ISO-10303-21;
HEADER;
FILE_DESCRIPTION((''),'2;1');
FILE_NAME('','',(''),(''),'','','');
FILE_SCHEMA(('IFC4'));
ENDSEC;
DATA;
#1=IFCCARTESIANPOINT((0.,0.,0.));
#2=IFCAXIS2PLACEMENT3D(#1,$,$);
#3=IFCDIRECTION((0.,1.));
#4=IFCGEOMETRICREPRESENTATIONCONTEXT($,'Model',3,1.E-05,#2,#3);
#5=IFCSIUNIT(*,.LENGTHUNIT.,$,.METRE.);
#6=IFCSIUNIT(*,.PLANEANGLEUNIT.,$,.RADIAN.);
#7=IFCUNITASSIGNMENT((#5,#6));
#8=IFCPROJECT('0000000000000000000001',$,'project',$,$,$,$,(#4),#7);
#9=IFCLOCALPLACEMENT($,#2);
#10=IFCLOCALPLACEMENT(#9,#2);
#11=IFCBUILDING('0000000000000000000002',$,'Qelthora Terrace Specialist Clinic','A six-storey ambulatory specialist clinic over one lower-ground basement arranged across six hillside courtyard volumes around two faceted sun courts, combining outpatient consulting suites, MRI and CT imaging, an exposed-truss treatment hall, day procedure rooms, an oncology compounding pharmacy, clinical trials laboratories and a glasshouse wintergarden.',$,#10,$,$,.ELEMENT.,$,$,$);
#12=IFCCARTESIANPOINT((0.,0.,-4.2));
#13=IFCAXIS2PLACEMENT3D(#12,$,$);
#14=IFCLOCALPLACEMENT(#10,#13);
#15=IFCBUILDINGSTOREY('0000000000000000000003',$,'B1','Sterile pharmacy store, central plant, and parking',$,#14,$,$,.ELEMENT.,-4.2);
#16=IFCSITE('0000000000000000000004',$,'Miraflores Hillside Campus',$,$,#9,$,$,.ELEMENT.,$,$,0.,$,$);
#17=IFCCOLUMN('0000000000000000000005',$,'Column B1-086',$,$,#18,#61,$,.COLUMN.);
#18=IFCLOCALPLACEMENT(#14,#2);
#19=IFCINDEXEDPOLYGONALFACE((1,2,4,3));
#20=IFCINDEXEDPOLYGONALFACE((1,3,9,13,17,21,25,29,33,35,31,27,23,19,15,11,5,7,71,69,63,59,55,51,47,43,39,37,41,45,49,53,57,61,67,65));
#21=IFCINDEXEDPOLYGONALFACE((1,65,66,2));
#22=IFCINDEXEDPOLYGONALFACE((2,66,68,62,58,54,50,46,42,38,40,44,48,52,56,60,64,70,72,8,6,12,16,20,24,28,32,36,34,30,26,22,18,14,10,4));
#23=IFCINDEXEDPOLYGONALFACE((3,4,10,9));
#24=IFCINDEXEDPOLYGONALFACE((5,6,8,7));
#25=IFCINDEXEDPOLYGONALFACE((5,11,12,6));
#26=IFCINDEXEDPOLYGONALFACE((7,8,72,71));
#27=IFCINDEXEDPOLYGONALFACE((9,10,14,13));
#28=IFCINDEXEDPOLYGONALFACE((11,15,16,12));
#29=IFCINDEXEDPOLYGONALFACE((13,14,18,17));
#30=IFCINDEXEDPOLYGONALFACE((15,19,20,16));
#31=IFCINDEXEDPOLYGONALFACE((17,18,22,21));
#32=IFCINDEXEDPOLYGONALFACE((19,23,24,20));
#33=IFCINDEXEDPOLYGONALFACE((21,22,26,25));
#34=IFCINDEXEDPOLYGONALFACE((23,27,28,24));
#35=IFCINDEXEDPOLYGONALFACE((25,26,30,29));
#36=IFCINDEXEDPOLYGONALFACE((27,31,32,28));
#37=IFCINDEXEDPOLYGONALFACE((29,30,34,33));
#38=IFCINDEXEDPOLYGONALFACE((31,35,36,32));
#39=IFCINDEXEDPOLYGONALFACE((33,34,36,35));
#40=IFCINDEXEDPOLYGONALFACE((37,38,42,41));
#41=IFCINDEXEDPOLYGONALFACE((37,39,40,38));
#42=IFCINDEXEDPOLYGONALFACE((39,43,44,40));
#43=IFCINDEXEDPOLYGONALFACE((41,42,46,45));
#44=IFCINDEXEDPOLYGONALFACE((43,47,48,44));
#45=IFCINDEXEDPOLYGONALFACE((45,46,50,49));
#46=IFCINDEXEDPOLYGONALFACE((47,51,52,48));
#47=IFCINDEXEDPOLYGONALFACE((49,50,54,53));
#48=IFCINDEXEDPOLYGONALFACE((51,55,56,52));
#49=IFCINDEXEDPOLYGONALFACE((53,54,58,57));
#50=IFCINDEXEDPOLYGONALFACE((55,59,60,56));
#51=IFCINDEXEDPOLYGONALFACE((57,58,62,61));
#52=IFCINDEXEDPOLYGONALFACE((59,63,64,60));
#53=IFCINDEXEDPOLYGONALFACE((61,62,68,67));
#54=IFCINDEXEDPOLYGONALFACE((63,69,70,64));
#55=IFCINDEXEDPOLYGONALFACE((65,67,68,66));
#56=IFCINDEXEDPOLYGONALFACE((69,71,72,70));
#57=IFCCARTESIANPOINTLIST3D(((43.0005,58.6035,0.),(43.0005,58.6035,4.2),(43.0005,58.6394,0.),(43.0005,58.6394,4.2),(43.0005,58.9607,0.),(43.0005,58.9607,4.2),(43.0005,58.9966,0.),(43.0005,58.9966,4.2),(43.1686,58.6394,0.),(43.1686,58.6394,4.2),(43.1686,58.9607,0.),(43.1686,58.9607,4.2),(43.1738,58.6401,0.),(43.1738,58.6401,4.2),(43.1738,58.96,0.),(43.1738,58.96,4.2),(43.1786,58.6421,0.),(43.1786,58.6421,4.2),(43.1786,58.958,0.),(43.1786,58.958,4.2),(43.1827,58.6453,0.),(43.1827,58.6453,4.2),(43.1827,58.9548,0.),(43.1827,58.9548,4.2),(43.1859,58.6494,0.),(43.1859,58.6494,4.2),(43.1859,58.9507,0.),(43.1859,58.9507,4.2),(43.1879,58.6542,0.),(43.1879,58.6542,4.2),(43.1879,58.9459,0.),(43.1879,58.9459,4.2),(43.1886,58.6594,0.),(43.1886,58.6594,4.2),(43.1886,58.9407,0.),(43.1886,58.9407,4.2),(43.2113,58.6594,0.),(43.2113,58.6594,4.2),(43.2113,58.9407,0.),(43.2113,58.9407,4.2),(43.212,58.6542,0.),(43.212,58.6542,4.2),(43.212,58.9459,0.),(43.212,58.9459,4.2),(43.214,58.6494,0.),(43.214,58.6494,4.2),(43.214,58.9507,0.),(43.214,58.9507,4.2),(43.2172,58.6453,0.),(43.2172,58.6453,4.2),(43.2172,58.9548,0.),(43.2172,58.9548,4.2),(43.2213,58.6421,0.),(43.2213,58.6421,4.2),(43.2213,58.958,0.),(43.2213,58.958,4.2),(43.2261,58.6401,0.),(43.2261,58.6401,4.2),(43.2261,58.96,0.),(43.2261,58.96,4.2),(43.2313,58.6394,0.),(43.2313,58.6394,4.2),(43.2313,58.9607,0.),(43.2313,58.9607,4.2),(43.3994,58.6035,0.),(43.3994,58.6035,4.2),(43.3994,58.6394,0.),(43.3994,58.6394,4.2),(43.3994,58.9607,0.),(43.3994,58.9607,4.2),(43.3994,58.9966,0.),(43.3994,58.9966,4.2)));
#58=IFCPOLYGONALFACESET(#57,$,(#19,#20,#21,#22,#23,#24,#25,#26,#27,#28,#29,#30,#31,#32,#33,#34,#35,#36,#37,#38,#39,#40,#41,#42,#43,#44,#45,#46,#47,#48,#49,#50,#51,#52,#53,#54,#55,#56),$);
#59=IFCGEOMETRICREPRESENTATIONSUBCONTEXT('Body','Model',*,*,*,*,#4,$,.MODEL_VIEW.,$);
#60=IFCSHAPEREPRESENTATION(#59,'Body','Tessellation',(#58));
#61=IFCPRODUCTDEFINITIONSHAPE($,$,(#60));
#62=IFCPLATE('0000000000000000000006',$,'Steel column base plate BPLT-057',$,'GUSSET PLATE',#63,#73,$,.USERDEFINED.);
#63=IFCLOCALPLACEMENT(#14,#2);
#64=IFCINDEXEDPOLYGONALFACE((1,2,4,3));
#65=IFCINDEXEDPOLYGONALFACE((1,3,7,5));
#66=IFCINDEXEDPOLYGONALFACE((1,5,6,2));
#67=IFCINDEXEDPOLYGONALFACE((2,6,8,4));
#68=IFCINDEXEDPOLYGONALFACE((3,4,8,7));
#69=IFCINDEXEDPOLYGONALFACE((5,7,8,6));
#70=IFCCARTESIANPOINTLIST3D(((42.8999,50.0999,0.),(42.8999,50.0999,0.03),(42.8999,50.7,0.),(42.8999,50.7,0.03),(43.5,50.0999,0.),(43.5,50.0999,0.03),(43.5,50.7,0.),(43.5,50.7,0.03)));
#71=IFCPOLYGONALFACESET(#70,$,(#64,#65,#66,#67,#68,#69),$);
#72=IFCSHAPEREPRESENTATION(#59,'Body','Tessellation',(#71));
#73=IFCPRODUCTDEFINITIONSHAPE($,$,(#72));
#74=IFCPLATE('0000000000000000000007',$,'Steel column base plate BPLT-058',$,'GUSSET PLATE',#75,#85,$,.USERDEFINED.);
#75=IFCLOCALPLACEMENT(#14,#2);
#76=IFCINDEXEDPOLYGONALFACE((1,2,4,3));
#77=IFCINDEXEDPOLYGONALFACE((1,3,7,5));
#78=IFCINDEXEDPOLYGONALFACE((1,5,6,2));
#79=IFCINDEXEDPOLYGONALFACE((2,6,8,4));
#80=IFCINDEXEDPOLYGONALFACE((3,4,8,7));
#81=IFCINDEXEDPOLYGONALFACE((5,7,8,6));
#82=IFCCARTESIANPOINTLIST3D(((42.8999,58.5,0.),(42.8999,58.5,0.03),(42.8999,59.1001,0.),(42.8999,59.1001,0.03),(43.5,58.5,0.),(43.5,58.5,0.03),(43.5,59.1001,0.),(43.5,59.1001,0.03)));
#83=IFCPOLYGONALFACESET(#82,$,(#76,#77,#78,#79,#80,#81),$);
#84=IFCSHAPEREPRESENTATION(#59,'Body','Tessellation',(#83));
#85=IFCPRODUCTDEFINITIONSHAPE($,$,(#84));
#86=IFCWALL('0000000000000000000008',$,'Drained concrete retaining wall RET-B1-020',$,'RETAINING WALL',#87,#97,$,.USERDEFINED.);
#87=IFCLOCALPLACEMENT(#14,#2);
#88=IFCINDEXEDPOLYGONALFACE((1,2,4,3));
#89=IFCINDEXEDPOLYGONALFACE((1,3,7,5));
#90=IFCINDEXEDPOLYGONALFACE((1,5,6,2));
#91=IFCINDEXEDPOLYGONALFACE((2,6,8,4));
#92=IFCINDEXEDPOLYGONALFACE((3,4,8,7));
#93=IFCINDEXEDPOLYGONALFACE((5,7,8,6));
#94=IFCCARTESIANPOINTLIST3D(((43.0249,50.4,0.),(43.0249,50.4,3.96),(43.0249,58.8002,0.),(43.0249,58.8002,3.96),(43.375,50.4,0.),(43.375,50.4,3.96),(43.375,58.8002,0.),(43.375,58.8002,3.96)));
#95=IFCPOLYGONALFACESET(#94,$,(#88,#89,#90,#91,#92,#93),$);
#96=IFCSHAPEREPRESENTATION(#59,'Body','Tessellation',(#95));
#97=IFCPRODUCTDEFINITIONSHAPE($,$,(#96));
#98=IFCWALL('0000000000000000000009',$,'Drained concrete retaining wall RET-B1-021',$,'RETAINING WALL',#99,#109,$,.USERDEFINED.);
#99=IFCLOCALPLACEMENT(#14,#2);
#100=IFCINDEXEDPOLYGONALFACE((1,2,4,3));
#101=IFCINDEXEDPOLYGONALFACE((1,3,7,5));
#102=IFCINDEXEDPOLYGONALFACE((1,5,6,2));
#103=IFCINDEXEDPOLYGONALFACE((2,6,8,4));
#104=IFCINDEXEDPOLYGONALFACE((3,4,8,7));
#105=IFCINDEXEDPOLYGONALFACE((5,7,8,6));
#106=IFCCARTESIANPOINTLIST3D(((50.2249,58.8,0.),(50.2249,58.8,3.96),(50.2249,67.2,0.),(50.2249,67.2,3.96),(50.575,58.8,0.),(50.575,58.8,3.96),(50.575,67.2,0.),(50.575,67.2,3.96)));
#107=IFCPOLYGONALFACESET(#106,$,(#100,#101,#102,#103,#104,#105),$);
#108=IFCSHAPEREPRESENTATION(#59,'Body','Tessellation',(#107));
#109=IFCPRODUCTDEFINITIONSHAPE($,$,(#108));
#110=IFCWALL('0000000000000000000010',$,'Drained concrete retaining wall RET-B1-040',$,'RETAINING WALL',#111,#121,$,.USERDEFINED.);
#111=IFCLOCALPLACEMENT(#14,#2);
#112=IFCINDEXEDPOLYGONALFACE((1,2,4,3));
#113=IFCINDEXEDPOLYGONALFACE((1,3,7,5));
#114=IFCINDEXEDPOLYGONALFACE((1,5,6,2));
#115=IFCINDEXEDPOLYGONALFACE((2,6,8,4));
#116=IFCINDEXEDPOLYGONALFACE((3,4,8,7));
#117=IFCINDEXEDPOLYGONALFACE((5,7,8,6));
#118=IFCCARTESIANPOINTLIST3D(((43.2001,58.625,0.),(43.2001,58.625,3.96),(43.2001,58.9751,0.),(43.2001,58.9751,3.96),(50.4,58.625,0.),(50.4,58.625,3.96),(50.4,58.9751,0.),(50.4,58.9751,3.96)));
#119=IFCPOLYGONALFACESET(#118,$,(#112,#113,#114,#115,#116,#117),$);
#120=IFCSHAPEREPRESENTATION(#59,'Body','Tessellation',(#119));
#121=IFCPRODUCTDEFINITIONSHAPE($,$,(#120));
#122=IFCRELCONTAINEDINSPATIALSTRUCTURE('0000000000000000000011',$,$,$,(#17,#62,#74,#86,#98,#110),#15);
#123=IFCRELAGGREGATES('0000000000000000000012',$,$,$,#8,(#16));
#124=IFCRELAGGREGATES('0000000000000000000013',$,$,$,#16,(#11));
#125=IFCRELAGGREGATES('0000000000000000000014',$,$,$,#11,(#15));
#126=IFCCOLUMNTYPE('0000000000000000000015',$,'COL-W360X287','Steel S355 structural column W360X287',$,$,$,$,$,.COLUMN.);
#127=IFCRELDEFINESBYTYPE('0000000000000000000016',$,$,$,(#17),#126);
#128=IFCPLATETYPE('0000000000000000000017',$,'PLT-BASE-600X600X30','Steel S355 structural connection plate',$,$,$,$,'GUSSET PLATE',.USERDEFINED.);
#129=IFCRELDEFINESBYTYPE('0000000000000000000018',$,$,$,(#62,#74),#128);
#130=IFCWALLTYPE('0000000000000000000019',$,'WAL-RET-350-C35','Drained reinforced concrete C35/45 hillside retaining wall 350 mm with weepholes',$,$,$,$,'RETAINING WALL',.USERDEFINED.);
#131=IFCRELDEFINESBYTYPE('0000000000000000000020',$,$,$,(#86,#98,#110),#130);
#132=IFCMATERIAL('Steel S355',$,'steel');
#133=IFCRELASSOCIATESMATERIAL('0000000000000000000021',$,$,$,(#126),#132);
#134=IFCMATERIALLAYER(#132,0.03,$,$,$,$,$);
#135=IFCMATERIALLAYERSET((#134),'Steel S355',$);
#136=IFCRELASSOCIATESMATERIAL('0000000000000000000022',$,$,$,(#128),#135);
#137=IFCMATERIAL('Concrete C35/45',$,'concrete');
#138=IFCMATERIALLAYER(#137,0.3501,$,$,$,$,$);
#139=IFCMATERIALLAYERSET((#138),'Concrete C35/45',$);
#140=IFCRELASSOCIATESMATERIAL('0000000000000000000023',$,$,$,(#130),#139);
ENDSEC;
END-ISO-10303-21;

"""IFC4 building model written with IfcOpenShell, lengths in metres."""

from ifc_helpers import new_model, si_unit, direction, frame, frame_2d, origin, origin_2d, place, context, subcontext, project, spatial, rectangle, i_section, extrude, material, layer, layer_set, material_profile, profile_set, type_object, element, save


model = new_model("IFC4")

# Units and contexts
model_context = context("Model", 3, precision=1e-05, world=origin(), true_north=direction((0.0, 1.0)))
body_context = subcontext(model_context, "Body", "Model", "MODEL_VIEW")
ifc_project = project(units=[si_unit("LENGTHUNIT", "METRE"), si_unit("PLANEANGLEUNIT", "RADIAN")], contexts=[model_context])

# Site, building, storey
site_placement = place(None, origin())
site = spatial("IfcSite", under=ifc_project, at=site_placement, Name="Miraflores Hillside Campus", CompositionType="ELEMENT", RefElevation=0.0)
building_placement = place(site_placement, origin())
building = spatial("IfcBuilding", under=site, at=building_placement, Name="Qelthora Terrace Specialist Clinic", Description="A six-storey ambulatory specialist clinic over one lower-ground basement arranged across six hillside courtyard volumes around two faceted sun courts, combining outpatient consulting suites, MRI and CT imaging, an exposed-truss treatment hall, day procedure rooms, an oncology compounding pharmacy, clinical trials laboratories and a glasshouse wintergarden.", CompositionType="ELEMENT")
storey_placement = place(building_placement, frame((0.0, 0.0, -4.2)))
storey = spatial("IfcBuildingStorey", under=building, at=storey_placement, Name="B1", Description="Sterile pharmacy store, central plant, and parking", CompositionType="ELEMENT", Elevation=-4.2)

# Shared definitions
ifc_material_1 = material(Name="Concrete C35/45", Category="concrete")

# Column
ifc_material_2 = material(Name="Steel S355", Category="steel")
ifc_material_profile_1 = material_profile(ifc_material_2, i_section(OverallWidth=0.3989, OverallDepth=0.3931, WebThickness=0.0227, FlangeThickness=0.0359, FilletRadius=0.02, at=origin_2d()), Name="W360X287")
ifc_profile_set_1 = profile_set([ifc_material_profile_1], Name="Steel S355")
column_type_1 = type_object("IfcColumnType", Name="COL-W360X287", Description="Steel S355 structural column W360X287", PredefinedType="COLUMN", material=ifc_profile_set_1)
column_1_placement = place(storey_placement, frame((43.2, 58.8, 0.0), z_axis=(0.0, 0.0, 1.0), x_axis=(1.0, 0.0, 0.0)))
element("IfcColumn", 1, at=column_1_placement, inside=storey, type_object=column_type_1, Name="Column B1-086", PredefinedType="COLUMN", context=body_context, shape_type="SweptSolid", body=[
    extrude(i_section(OverallWidth=0.3989, OverallDepth=0.3931, WebThickness=0.0227, FlangeThickness=0.0359, FilletRadius=0.02, at=origin_2d()), origin(), (0.0, 0.0, 1.0), 4.2),
])

# Plates
ifc_layer_1 = layer(ifc_material_2, 0.03)
ifc_layer_set_1 = layer_set([ifc_layer_1], Name="Steel S355")
plate_type = type_object("IfcPlateType", Name="PLT-BASE-600X600X30", Description="Steel S355 structural connection plate", ElementType="GUSSET PLATE", PredefinedType="USERDEFINED", material=ifc_layer_set_1)
for number, where, z_axis, x_axis, name in (
    (2, (43.2, 50.3999, 0.0), (0.0, 0.0, 1.0), (1.0, 0.0, 0.0), "Steel column base plate BPLT-057"),
    (3, (43.2, 58.8, 0.0), (0.0, 0.0, 1.0), (1.0, 0.0, 0.0), "Steel column base plate BPLT-058"),
):
    element("IfcPlate", number, at=place(storey_placement, frame(where, z_axis=z_axis, x_axis=x_axis)), inside=storey, type_object=plate_type, Name=name, ObjectType="GUSSET PLATE", PredefinedType="USERDEFINED", context=body_context, shape_type="SweptSolid", body=[
        extrude(rectangle(XDim=0.6001, YDim=0.6001, at=origin_2d()), origin(), (0.0, 0.0, 1.0), 0.03),
    ])

# Walls
ifc_layer_2 = layer(ifc_material_1, 0.3501)
ifc_layer_set_2 = layer_set([ifc_layer_2], Name="Concrete C35/45")
wall_type = type_object("IfcWallType", Name="WAL-RET-350-C35", Description="Drained reinforced concrete C35/45 hillside retaining wall 350 mm with weepholes", ElementType="RETAINING WALL", PredefinedType="USERDEFINED", material=ifc_layer_set_2)
wall_1_placement = place(storey_placement, frame((43.2, 50.3999, 0.0), z_axis=(0.0, 0.0, 1.0), x_axis=(0.0, 1.0, 0.0)))
element("IfcWall", 4, at=wall_1_placement, inside=storey, type_object=wall_type, Name="Drained concrete retaining wall RET-B1-020", ObjectType="RETAINING WALL", PredefinedType="USERDEFINED", context=body_context, shape_type="SweptSolid", body=[
    extrude(rectangle(XDim=8.4001, YDim=0.3501, at=frame_2d((4.2002, 0.0))), origin(), (0.0, 0.0, 1.0), 3.96),
])
wall_2_placement = place(storey_placement, frame((50.3999, 58.8, 0.0), z_axis=(0.0, 0.0, 1.0), x_axis=(0.0, 1.0, 0.0)))
element("IfcWall", 5, at=wall_2_placement, inside=storey, type_object=wall_type, Name="Drained concrete retaining wall RET-B1-021", ObjectType="RETAINING WALL", PredefinedType="USERDEFINED", context=body_context, shape_type="SweptSolid", body=[
    extrude(rectangle(XDim=8.3999, YDim=0.3501, at=frame_2d((4.2, 0.0))), origin(), (0.0, 0.0, 1.0), 3.96),
])
wall_3_placement = place(storey_placement, frame((43.2, 58.8, 0.0), z_axis=(0.0, 0.0, 1.0), x_axis=(1.0, 0.0, 0.0)))
element("IfcWall", 6, at=wall_3_placement, inside=storey, type_object=wall_type, Name="Drained concrete retaining wall RET-B1-040", ObjectType="RETAINING WALL", PredefinedType="USERDEFINED", context=body_context, shape_type="SweptSolid", body=[
    extrude(rectangle(XDim=7.2, YDim=0.3501, at=frame_2d((3.6001, 0.0))), origin(), (0.0, 0.0, 1.0), 3.96),
])

save(model, "model.ifc")
